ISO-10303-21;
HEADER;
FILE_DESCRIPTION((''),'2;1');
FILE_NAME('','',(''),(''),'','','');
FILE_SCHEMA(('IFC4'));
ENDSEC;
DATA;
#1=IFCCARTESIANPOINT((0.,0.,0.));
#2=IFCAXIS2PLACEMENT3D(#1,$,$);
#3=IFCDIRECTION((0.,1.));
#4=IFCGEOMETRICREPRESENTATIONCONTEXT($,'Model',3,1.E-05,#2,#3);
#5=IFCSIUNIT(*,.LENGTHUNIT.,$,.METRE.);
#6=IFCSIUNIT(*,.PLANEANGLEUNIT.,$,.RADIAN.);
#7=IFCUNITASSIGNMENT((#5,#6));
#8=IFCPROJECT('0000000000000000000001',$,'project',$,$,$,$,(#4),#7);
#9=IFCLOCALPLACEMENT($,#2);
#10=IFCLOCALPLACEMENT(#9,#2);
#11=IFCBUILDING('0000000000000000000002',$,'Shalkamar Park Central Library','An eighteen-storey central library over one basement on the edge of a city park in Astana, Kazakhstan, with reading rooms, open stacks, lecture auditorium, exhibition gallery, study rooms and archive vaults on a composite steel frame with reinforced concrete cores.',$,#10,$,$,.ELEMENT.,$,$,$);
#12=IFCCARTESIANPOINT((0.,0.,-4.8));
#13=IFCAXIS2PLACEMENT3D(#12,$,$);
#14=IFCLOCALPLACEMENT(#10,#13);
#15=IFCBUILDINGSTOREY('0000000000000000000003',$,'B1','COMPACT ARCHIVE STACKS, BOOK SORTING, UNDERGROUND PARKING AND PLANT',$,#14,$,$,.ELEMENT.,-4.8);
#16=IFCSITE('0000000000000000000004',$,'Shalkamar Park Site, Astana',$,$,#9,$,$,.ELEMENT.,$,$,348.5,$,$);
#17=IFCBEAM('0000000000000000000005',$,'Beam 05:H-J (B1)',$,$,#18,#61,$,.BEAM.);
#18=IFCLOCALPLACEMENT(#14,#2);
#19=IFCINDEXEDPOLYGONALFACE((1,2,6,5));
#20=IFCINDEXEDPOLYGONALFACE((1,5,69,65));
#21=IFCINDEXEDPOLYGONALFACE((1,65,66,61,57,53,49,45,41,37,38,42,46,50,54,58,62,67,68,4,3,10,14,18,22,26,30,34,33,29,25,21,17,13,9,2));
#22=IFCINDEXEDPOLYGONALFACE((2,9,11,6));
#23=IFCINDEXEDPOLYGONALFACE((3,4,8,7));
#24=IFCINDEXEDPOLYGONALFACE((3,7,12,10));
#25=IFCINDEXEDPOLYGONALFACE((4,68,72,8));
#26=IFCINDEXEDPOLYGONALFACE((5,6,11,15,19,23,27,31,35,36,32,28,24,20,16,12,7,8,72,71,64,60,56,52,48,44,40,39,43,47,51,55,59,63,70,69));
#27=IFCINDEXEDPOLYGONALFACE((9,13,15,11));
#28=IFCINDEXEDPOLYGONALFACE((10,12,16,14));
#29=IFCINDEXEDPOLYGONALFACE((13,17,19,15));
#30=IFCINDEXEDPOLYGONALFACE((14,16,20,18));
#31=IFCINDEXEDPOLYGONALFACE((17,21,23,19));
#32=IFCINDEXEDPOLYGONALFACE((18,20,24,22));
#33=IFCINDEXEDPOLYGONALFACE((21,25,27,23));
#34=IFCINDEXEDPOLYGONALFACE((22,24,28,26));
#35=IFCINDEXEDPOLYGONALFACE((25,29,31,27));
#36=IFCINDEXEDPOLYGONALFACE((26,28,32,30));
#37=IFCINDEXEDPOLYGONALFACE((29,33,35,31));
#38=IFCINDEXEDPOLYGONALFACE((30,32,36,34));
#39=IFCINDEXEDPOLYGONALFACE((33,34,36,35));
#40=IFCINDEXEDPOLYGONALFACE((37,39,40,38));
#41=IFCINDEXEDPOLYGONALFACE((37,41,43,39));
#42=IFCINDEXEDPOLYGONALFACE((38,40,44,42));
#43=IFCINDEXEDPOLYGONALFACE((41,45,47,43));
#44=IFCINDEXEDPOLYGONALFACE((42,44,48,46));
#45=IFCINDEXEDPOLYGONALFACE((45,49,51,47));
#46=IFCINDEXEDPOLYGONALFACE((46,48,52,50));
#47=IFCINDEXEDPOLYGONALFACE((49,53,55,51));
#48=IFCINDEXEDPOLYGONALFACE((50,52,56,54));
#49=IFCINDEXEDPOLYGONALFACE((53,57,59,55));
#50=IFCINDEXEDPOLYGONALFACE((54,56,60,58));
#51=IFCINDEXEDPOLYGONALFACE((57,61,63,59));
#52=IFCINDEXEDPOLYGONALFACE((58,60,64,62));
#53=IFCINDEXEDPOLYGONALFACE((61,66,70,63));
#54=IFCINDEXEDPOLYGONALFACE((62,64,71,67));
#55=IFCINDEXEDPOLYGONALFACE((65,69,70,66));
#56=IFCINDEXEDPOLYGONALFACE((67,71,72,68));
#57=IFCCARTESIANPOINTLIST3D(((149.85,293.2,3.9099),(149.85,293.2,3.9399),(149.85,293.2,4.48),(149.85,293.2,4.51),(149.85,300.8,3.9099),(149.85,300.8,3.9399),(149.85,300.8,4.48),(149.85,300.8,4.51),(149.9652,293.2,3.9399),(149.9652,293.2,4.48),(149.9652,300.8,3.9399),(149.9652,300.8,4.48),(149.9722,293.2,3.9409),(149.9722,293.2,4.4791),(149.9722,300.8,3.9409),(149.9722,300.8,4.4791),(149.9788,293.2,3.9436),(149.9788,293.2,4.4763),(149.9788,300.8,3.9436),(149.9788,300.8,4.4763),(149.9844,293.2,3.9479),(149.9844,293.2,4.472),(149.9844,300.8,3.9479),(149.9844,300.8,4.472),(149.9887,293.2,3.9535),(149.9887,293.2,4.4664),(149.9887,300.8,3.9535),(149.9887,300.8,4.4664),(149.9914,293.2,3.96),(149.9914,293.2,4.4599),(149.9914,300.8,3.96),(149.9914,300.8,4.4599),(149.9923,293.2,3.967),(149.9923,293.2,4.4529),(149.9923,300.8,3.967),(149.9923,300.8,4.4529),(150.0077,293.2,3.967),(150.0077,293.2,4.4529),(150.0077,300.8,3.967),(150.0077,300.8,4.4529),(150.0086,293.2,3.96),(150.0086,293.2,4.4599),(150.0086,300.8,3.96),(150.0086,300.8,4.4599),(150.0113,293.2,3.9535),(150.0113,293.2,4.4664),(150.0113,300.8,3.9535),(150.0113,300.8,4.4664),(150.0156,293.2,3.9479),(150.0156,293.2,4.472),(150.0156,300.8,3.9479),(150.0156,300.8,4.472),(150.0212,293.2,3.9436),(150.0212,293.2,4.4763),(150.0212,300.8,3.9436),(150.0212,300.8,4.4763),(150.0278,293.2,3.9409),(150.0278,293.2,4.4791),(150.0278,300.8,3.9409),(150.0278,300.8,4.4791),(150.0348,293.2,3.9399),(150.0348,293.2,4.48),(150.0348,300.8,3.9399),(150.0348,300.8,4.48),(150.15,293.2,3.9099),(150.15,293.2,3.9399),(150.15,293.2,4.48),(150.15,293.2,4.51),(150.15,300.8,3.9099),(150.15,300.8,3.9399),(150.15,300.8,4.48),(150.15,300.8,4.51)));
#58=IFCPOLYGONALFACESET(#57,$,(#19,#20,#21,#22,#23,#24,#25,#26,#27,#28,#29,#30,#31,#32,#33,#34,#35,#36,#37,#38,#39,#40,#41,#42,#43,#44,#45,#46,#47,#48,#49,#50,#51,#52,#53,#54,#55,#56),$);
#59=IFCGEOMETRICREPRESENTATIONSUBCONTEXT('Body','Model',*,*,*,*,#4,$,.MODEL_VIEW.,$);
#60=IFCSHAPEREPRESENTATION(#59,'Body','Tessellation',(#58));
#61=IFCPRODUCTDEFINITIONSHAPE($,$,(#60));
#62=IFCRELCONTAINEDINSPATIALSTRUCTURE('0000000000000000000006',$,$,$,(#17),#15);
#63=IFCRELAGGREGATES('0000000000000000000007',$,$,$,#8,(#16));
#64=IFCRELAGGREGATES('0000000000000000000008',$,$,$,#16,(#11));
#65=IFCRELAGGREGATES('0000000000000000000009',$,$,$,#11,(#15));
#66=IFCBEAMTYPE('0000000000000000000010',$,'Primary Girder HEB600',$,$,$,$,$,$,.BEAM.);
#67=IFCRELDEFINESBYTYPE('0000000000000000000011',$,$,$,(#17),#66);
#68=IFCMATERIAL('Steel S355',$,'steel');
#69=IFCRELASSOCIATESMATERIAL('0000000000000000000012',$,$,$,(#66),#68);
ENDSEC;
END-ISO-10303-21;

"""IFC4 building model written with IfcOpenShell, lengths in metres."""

from ifc_helpers import new_model, si_unit, direction, frame, origin, origin_2d, place, context, subcontext, project, spatial, i_section, extrude, material, material_profile, profile_set, type_object, element, save


model = new_model("IFC4")

# Units and contexts
model_context = context("Model", 3, precision=1e-05, world=origin(), true_north=direction((0.0, 1.0)))
body_context = subcontext(model_context, "Body", "Model", "MODEL_VIEW")
ifc_project = project(units=[si_unit("LENGTHUNIT", "METRE"), si_unit("PLANEANGLEUNIT", "RADIAN")], contexts=[model_context])

# Site, building, storey
site_placement = place(None, origin())
site = spatial("IfcSite", under=ifc_project, at=site_placement, Name="Shalkamar Park Site, Astana", CompositionType="ELEMENT", RefElevation=348.5)
building_placement = place(site_placement, origin())
building = spatial("IfcBuilding", under=site, at=building_placement, Name="Shalkamar Park Central Library", Description="An eighteen-storey central library over one basement on the edge of a city park in Astana, Kazakhstan, with reading rooms, open stacks, lecture auditorium, exhibition gallery, study rooms and archive vaults on a composite steel frame with reinforced concrete cores.", CompositionType="ELEMENT")
storey_placement = place(building_placement, frame((0.0, 0.0, -4.8)))
storey = spatial("IfcBuildingStorey", under=building, at=storey_placement, Name="B1", Description="COMPACT ARCHIVE STACKS, BOOK SORTING, UNDERGROUND PARKING AND PLANT", CompositionType="ELEMENT", Elevation=-4.8)

# Shared definitions
ifc_material_1 = material(Name="Steel S355", Category="steel")

# Beam
ifc_material_profile_1 = material_profile(ifc_material_1, i_section(OverallWidth=0.3, OverallDepth=0.6001, WebThickness=0.0154, FlangeThickness=0.03, FilletRadius=0.0271, at=origin_2d()), Name="HEB 600")
ifc_profile_set_1 = profile_set([ifc_material_profile_1], Name="Steel S355")
beam_type = type_object("IfcBeamType", Name="Primary Girder HEB600", PredefinedType="BEAM", material=ifc_profile_set_1)
for number, where, z_axis, x_axis, name in (
    (1, (150.0, 293.2, 4.21), (0.0, 1.0, 0.0), (-1.0, 0.0, 0.0), "Beam 05:H-J (B1)"),
):
    element("IfcBeam", number, at=place(storey_placement, frame(where, z_axis=z_axis, x_axis=x_axis)), inside=storey, type_object=beam_type, Name=name, PredefinedType="BEAM", context=body_context, shape_type="SweptSolid", body=[
        extrude(i_section(OverallWidth=0.3, OverallDepth=0.6001, WebThickness=0.0154, FlangeThickness=0.03, FilletRadius=0.0271, at=origin_2d()), origin(), (0.0, 0.0, 1.0), 7.6001),
    ])

save(model, "model.ifc")
